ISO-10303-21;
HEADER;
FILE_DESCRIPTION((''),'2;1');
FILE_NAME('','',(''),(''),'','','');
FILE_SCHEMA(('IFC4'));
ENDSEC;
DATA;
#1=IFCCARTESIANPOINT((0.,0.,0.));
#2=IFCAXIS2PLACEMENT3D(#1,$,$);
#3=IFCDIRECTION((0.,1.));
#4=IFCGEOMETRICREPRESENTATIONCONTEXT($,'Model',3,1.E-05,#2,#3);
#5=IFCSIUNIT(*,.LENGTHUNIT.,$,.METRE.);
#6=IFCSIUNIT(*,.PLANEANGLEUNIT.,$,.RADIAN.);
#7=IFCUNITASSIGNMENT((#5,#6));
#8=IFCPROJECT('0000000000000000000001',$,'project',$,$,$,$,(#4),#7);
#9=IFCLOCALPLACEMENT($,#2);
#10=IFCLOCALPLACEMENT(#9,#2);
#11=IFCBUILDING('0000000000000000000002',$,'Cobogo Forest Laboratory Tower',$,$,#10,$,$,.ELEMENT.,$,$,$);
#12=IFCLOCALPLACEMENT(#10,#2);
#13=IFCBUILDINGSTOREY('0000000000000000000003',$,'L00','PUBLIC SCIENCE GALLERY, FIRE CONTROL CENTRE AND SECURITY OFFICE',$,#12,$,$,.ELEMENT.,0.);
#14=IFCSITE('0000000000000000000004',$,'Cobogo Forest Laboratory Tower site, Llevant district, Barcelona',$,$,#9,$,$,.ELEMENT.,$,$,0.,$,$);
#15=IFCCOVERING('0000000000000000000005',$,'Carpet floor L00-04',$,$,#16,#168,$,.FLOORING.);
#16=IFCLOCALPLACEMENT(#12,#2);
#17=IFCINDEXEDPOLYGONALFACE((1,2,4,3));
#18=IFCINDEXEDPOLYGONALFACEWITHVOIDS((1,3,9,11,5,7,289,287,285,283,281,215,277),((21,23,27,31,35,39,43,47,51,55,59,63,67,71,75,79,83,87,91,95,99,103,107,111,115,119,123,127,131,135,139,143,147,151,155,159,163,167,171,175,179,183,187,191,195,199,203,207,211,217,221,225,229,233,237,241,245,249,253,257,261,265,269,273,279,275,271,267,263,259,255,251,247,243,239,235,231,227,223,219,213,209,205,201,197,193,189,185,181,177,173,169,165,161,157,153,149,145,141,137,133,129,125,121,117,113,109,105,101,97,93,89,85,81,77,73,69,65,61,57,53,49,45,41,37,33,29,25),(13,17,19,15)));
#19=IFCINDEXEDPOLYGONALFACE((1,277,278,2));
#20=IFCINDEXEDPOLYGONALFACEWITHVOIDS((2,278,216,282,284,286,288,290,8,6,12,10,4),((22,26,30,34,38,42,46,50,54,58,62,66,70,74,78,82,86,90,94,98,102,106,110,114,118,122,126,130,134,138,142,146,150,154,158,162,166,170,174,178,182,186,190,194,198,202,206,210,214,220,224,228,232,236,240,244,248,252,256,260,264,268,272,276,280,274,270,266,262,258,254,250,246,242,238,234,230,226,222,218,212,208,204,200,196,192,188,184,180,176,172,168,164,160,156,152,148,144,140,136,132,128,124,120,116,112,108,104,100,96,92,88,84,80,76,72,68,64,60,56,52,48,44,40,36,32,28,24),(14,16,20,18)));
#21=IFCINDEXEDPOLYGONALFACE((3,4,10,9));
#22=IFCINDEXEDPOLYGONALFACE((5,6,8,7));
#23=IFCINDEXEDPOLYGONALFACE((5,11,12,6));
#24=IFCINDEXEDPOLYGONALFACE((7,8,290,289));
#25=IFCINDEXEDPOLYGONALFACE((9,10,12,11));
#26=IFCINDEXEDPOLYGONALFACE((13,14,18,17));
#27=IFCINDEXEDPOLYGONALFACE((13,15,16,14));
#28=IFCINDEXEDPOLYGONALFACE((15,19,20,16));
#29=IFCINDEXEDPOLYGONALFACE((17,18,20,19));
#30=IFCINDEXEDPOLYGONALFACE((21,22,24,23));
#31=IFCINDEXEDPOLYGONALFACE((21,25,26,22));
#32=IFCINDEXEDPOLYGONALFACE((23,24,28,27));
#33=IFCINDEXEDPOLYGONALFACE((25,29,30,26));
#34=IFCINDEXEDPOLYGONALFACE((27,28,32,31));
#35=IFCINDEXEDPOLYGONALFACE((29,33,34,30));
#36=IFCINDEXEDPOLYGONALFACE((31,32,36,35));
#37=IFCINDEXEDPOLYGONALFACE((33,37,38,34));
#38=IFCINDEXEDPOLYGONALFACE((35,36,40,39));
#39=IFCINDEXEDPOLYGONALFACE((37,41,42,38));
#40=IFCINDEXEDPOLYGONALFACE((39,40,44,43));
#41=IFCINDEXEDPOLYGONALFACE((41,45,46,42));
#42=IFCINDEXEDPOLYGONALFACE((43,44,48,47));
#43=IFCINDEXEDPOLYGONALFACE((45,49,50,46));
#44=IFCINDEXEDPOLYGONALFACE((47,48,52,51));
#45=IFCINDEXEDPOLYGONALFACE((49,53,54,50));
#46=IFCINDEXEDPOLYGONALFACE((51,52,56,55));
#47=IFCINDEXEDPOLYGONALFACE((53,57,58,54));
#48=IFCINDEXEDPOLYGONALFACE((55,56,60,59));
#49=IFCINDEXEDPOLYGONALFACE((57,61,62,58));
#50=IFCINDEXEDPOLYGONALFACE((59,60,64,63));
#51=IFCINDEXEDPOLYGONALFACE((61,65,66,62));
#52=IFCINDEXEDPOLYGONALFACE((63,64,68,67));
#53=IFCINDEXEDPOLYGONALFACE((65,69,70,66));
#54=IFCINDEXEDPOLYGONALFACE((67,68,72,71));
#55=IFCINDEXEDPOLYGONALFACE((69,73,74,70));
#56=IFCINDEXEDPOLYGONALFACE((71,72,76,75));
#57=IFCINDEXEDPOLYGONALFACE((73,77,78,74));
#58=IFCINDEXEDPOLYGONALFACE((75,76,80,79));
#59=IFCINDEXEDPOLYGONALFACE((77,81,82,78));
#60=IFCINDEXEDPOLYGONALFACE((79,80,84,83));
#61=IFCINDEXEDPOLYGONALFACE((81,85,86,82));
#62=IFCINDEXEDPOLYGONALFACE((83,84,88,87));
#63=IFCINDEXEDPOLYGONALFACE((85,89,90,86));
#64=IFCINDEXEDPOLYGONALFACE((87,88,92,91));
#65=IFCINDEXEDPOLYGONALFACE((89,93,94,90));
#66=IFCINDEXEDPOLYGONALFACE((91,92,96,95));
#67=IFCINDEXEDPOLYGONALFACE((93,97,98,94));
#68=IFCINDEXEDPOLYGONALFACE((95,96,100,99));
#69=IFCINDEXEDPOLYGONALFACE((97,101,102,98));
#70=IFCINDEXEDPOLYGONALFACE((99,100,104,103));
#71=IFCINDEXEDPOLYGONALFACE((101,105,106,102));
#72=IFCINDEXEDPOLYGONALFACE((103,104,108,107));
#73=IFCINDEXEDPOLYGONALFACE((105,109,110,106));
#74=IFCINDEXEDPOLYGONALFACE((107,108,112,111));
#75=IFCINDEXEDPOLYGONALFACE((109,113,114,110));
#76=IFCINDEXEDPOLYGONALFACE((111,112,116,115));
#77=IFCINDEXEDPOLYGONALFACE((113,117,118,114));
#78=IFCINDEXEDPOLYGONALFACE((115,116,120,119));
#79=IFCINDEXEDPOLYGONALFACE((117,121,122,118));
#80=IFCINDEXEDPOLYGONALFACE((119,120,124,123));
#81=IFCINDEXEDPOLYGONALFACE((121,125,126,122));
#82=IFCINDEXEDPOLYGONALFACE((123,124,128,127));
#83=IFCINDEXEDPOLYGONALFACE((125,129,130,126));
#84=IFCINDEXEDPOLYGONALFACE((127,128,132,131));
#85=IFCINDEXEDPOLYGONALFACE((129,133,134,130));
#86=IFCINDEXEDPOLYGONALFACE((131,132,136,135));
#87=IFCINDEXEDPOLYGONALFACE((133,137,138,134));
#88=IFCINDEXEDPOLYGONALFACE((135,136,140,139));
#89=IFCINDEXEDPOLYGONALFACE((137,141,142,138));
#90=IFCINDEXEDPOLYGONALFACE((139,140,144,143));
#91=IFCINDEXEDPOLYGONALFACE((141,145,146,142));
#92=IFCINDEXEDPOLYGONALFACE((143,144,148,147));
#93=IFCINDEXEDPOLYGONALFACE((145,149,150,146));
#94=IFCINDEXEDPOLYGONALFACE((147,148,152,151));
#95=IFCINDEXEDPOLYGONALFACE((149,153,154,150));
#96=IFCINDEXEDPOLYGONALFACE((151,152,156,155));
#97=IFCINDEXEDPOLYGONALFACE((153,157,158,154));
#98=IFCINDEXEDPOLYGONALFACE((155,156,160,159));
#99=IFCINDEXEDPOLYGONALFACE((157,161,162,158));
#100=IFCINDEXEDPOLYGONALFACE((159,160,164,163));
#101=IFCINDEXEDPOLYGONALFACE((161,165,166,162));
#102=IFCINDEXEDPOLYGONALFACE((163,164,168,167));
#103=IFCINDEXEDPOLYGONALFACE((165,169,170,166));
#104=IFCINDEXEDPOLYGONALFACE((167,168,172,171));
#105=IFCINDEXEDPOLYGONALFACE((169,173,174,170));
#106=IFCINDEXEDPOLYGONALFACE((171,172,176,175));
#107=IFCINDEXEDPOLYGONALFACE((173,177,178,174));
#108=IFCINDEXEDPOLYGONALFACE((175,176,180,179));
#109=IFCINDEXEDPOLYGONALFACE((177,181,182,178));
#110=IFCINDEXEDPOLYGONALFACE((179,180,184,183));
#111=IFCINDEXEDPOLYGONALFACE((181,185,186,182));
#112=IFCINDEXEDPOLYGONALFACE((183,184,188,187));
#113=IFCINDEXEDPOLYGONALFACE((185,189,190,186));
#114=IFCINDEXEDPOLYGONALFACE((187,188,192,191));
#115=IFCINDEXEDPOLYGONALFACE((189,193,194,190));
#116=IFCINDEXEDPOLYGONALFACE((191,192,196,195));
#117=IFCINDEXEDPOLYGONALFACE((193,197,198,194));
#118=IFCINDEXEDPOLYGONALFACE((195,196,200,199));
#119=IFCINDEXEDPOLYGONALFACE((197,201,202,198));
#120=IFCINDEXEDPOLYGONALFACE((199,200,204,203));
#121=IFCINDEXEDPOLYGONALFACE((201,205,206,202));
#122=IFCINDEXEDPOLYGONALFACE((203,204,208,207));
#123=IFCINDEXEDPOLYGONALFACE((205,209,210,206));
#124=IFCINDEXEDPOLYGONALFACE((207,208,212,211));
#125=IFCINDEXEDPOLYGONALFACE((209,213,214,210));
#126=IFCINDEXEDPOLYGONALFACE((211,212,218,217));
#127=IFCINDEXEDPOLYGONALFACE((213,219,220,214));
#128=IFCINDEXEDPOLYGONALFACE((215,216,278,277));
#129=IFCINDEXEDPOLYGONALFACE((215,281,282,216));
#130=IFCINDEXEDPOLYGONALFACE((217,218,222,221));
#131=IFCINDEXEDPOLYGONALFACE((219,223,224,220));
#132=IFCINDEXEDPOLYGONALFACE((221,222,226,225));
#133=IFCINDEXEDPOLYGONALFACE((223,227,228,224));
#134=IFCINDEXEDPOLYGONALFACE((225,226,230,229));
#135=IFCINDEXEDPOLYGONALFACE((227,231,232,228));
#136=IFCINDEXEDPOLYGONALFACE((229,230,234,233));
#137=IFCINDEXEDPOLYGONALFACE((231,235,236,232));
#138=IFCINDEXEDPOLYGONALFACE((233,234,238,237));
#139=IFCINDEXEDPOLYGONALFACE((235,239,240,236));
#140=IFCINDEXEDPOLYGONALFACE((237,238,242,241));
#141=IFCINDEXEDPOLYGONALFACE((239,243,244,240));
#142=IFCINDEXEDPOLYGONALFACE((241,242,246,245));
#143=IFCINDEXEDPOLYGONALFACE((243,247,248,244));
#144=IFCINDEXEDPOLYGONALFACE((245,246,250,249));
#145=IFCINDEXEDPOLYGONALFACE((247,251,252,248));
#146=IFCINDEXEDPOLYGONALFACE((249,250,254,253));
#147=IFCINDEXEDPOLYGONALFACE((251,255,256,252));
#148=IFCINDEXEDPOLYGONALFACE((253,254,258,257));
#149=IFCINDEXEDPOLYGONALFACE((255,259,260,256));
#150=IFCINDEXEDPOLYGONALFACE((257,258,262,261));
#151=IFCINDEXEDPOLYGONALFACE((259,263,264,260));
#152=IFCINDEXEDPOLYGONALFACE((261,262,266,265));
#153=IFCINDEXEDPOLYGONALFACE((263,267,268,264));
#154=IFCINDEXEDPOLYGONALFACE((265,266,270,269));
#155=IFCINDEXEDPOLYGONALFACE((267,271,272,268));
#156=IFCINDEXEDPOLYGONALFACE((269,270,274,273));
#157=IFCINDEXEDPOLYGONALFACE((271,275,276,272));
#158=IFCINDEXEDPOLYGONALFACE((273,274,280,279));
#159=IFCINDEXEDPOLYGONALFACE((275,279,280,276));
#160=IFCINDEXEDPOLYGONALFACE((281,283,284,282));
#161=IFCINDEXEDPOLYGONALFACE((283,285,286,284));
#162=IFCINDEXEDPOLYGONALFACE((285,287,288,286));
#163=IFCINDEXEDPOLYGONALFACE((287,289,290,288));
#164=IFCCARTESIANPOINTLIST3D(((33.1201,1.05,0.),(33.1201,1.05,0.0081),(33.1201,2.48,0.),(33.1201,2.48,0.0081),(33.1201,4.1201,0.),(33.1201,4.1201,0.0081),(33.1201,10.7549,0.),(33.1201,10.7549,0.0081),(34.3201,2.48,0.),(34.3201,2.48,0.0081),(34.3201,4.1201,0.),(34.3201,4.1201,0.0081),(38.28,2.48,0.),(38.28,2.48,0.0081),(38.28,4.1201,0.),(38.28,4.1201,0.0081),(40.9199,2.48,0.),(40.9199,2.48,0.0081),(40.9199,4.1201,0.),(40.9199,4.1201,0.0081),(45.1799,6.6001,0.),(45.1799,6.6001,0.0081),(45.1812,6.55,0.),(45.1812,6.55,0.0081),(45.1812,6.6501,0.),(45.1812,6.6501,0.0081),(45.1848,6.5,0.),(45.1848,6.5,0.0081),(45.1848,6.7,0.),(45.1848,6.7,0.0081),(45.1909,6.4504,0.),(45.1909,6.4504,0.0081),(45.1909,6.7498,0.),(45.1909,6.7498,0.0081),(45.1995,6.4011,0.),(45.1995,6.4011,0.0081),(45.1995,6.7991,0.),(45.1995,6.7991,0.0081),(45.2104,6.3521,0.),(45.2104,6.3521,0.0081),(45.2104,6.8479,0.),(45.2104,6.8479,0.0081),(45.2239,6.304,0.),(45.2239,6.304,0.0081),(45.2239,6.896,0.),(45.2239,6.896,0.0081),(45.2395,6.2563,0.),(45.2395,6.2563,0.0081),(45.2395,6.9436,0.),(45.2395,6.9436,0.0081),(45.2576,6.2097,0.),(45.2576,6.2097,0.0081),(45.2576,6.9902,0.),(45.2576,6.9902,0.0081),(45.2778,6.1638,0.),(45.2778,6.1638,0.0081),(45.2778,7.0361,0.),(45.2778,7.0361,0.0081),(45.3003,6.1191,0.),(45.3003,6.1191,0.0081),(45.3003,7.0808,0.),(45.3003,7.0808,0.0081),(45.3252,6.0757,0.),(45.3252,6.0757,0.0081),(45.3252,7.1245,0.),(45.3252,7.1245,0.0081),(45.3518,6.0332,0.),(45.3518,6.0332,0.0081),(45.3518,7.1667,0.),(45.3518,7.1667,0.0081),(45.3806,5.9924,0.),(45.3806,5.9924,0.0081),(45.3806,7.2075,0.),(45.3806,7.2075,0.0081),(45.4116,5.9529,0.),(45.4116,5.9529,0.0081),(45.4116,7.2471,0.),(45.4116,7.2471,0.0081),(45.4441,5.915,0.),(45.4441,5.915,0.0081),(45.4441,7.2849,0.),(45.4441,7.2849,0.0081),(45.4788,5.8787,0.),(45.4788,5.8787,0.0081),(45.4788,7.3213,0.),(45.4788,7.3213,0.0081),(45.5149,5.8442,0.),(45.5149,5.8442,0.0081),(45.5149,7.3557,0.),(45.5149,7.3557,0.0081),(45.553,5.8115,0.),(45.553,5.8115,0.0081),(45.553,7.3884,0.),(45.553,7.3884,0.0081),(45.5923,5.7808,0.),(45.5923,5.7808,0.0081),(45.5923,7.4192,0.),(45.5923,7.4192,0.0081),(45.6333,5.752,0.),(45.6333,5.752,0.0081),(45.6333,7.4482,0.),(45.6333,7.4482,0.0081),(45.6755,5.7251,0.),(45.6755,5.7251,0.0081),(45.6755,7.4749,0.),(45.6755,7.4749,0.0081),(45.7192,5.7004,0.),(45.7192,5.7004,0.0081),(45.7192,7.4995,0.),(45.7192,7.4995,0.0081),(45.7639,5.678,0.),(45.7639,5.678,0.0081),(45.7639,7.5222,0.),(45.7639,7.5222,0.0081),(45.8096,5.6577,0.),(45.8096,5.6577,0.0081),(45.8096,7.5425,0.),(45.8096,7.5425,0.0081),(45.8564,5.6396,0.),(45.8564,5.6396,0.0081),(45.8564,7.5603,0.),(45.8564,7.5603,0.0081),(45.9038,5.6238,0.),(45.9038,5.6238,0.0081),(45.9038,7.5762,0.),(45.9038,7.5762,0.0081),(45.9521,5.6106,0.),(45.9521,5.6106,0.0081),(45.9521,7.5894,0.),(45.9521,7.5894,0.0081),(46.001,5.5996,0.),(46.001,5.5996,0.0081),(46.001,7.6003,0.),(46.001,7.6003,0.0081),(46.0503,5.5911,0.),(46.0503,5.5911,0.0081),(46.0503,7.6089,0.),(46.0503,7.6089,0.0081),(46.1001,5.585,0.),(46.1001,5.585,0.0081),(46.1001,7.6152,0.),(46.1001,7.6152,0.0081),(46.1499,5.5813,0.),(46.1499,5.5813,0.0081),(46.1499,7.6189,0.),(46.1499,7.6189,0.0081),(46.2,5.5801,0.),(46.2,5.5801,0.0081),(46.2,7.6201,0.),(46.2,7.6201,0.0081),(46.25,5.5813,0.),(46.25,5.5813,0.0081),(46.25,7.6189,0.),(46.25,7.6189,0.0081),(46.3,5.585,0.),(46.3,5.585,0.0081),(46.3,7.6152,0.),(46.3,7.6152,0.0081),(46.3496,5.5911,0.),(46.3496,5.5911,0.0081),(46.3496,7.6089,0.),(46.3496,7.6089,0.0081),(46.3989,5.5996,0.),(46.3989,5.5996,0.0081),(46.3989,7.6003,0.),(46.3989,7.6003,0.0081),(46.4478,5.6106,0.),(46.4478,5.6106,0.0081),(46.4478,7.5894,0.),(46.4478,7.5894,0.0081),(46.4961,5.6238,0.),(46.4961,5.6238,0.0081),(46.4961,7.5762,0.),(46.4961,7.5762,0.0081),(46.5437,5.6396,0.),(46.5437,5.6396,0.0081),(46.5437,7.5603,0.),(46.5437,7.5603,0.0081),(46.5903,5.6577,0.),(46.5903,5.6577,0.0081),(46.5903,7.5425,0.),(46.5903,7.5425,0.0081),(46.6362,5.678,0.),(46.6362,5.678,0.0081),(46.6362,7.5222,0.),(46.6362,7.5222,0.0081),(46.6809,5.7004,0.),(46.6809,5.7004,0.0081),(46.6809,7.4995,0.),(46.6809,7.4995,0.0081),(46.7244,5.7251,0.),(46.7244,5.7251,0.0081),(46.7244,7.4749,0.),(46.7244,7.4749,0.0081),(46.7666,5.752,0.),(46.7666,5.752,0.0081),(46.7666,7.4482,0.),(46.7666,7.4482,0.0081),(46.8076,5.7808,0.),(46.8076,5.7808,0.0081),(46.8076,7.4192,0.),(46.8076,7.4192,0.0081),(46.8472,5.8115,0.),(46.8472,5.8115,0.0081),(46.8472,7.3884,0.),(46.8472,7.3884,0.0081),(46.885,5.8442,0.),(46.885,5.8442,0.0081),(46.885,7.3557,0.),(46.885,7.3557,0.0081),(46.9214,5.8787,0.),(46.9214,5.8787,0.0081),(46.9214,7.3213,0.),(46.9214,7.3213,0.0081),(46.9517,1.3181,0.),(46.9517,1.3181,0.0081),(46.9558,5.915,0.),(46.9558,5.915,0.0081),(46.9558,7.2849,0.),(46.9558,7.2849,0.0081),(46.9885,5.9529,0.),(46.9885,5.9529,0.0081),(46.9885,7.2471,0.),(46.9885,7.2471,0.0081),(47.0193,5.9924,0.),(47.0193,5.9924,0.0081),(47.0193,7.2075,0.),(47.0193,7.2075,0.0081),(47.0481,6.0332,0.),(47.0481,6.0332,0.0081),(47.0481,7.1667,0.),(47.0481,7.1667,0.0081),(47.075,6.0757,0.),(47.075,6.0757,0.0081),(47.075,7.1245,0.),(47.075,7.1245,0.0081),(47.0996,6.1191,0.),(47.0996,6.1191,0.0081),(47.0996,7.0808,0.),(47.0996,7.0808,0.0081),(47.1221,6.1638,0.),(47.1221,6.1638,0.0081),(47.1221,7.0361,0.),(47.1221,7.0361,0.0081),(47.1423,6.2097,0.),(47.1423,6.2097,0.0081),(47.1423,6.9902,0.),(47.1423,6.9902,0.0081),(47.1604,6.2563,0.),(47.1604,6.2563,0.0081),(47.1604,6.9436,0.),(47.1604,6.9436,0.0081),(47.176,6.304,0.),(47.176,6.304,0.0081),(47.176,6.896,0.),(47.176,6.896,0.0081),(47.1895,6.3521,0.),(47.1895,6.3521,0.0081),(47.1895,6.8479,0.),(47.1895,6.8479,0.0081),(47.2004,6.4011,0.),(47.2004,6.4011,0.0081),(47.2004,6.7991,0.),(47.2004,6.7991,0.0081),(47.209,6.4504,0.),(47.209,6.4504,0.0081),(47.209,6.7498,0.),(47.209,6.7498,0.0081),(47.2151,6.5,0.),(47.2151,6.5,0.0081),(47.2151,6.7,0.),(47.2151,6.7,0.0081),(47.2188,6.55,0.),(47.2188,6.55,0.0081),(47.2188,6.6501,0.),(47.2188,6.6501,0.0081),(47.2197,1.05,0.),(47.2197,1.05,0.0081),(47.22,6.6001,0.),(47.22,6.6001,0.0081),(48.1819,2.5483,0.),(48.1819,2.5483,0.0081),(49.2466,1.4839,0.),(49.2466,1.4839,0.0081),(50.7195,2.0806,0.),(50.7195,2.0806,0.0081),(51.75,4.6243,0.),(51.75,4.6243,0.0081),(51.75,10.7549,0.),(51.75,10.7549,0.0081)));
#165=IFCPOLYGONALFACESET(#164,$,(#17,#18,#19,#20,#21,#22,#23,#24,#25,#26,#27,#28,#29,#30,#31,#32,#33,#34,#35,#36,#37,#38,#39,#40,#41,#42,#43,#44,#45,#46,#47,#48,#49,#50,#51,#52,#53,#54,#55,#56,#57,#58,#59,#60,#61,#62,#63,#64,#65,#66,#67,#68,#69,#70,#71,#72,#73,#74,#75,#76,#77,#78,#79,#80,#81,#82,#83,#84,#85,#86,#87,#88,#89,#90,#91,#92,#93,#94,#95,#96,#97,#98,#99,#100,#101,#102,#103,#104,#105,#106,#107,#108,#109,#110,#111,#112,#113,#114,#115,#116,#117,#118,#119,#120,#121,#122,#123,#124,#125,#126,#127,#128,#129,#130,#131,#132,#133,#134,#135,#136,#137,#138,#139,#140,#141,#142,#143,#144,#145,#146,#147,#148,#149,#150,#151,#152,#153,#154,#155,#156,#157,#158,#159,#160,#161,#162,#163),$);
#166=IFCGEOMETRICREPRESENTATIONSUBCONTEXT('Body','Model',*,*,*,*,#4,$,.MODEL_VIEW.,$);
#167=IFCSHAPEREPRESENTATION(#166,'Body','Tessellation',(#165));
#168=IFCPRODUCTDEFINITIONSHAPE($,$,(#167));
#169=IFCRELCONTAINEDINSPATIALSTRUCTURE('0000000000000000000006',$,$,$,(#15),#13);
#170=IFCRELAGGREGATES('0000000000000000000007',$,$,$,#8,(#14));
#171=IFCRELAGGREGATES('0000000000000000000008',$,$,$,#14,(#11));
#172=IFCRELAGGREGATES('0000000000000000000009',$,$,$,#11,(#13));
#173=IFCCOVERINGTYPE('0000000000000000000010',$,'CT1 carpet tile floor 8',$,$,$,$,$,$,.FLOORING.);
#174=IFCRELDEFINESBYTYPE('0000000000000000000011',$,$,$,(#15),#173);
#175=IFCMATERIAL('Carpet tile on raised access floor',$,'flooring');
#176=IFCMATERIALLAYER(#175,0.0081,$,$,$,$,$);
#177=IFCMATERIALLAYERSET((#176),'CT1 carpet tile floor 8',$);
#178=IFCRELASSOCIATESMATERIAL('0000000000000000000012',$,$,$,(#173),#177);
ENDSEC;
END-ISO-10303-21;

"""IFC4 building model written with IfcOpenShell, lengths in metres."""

from ifc_helpers import new_model, si_unit, direction, origin, place, context, subcontext, project, spatial, polyline, outline, extrude, material, layer, layer_set, type_object, element, save


model = new_model("IFC4")

# Units and contexts
model_context = context("Model", 3, precision=1e-05, world=origin(), true_north=direction((0.0, 1.0)))
body_context = subcontext(model_context, "Body", "Model", "MODEL_VIEW")
ifc_project = project(units=[si_unit("LENGTHUNIT", "METRE"), si_unit("PLANEANGLEUNIT", "RADIAN")], contexts=[model_context])

# Site, building, storey
site_placement = place(None, origin())
site = spatial("IfcSite", under=ifc_project, at=site_placement, Name="Cobogo Forest Laboratory Tower site, Llevant district, Barcelona", CompositionType="ELEMENT", RefElevation=0.0)
building_placement = place(site_placement, origin())
building = spatial("IfcBuilding", under=site, at=building_placement, Name="Cobogo Forest Laboratory Tower", CompositionType="ELEMENT")
storey_placement = place(building_placement, origin())
storey = spatial("IfcBuildingStorey", under=building, at=storey_placement, Name="L00", Description="PUBLIC SCIENCE GALLERY, FIRE CONTROL CENTRE AND SECURITY OFFICE", CompositionType="ELEMENT", Elevation=0.0)

# Covering
ifc_material_1 = material(Name="Carpet tile on raised access floor", Category="flooring")
ifc_layer_1 = layer(ifc_material_1, 0.0081)
ifc_layer_set_1 = layer_set([ifc_layer_1], Name="CT1 carpet tile floor 8")
covering_type_1 = type_object("IfcCoveringType", Name="CT1 carpet tile floor 8", PredefinedType="FLOORING", material=ifc_layer_set_1)
covering_1_placement = place(storey_placement, origin())
element("IfcCovering", 1, at=covering_1_placement, inside=storey, type_object=covering_type_1, Name="Carpet floor L00-04", PredefinedType="FLOORING", context=body_context, shape_type="SweptSolid", body=[
    extrude(outline(polyline([(50.7195, 2.0806), (49.2466, 1.4839), (48.1819, 2.5483), (46.9517, 1.3181), (47.2197, 1.05), (33.1201, 1.05), (33.1201, 2.48), (34.3201, 2.48), (34.3201, 4.1201), (33.1201, 4.1201), (33.1201, 10.7549), (51.75, 10.7549), (51.75, 4.6243), (50.7195, 2.0806)]), holes=[polyline([(47.176, 6.304), (47.1895, 6.3521), (47.2004, 6.4011), (47.209, 6.4504), (47.2151, 6.5), (47.2188, 6.55), (47.22, 6.6001), (47.2188, 6.6501), (47.2151, 6.7), (47.209, 6.7498), (47.2004, 6.7991), (47.1895, 6.8479), (47.176, 6.896), (47.1604, 6.9436), (47.1423, 6.9902), (47.1221, 7.0361), (47.0996, 7.0808), (47.075, 7.1245), (47.0481, 7.1667), (47.0193, 7.2075), (46.9885, 7.2471), (46.9558, 7.2849), (46.9214, 7.3213), (46.885, 7.3557), (46.8472, 7.3884), (46.8076, 7.4192), (46.7666, 7.4482), (46.7244, 7.4749), (46.6809, 7.4995), (46.6362, 7.5222), (46.5903, 7.5425), (46.5437, 7.5603), (46.4961, 7.5762), (46.4478, 7.5894), (46.3989, 7.6003), (46.3496, 7.6089), (46.3, 7.6152), (46.25, 7.6189), (46.2, 7.6201), (46.1499, 7.6189), (46.1001, 7.6152), (46.0503, 7.6089), (46.001, 7.6003), (45.9521, 7.5894), (45.9038, 7.5762), (45.8564, 7.5603), (45.8096, 7.5425), (45.7639, 7.5222), (45.7192, 7.4995), (45.6755, 7.4749), (45.6333, 7.4482), (45.5923, 7.4192), (45.553, 7.3884), (45.5149, 7.3557), (45.4788, 7.3213), (45.4441, 7.2849), (45.4116, 7.2471), (45.3806, 7.2075), (45.3518, 7.1667), (45.3252, 7.1245), (45.3003, 7.0808), (45.2778, 7.0361), (45.2576, 6.9902), (45.2395, 6.9436), (45.2239, 6.896), (45.2104, 6.8479), (45.1995, 6.7991), (45.1909, 6.7498), (45.1848, 6.7), (45.1812, 6.6501), (45.1799, 6.6001), (45.1812, 6.55), (45.1848, 6.5), (45.1909, 6.4504), (45.1995, 6.4011), (45.2104, 6.3521), (45.2239, 6.304), (45.2395, 6.2563), (45.2576, 6.2097), (45.2778, 6.1638), (45.3003, 6.1191), (45.3252, 6.0757), (45.3518, 6.0332), (45.3806, 5.9924), (45.4116, 5.9529), (45.4441, 5.915), (45.4788, 5.8787), (45.5149, 5.8442), (45.553, 5.8115), (45.5923, 5.7808), (45.6333, 5.752), (45.6755, 5.7251), (45.7192, 5.7004), (45.7639, 5.678), (45.8096, 5.6577), (45.8564, 5.6396), (45.9038, 5.6238), (45.9521, 5.6106), (46.001, 5.5996), (46.0503, 5.5911), (46.1001, 5.585), (46.1499, 5.5813), (46.2, 5.5801), (46.25, 5.5813), (46.3, 5.585), (46.3496, 5.5911), (46.3989, 5.5996), (46.4478, 5.6106), (46.4961, 5.6238), (46.5437, 5.6396), (46.5903, 5.6577), (46.6362, 5.678), (46.6809, 5.7004), (46.7244, 5.7251), (46.7666, 5.752), (46.8076, 5.7808), (46.8472, 5.8115), (46.885, 5.8442), (46.9214, 5.8787), (46.9558, 5.915), (46.9885, 5.9529), (47.0193, 5.9924), (47.0481, 6.0332), (47.075, 6.0757), (47.0996, 6.1191), (47.1221, 6.1638), (47.1423, 6.2097), (47.1604, 6.2563), (47.176, 6.304)]), polyline([(38.28, 4.1201), (38.28, 2.48), (40.9199, 2.48), (40.9199, 4.1201), (38.28, 4.1201)])]), origin(), (0.0, 0.0, 1.0), 0.0081),
])

save(model, "model.ifc")
